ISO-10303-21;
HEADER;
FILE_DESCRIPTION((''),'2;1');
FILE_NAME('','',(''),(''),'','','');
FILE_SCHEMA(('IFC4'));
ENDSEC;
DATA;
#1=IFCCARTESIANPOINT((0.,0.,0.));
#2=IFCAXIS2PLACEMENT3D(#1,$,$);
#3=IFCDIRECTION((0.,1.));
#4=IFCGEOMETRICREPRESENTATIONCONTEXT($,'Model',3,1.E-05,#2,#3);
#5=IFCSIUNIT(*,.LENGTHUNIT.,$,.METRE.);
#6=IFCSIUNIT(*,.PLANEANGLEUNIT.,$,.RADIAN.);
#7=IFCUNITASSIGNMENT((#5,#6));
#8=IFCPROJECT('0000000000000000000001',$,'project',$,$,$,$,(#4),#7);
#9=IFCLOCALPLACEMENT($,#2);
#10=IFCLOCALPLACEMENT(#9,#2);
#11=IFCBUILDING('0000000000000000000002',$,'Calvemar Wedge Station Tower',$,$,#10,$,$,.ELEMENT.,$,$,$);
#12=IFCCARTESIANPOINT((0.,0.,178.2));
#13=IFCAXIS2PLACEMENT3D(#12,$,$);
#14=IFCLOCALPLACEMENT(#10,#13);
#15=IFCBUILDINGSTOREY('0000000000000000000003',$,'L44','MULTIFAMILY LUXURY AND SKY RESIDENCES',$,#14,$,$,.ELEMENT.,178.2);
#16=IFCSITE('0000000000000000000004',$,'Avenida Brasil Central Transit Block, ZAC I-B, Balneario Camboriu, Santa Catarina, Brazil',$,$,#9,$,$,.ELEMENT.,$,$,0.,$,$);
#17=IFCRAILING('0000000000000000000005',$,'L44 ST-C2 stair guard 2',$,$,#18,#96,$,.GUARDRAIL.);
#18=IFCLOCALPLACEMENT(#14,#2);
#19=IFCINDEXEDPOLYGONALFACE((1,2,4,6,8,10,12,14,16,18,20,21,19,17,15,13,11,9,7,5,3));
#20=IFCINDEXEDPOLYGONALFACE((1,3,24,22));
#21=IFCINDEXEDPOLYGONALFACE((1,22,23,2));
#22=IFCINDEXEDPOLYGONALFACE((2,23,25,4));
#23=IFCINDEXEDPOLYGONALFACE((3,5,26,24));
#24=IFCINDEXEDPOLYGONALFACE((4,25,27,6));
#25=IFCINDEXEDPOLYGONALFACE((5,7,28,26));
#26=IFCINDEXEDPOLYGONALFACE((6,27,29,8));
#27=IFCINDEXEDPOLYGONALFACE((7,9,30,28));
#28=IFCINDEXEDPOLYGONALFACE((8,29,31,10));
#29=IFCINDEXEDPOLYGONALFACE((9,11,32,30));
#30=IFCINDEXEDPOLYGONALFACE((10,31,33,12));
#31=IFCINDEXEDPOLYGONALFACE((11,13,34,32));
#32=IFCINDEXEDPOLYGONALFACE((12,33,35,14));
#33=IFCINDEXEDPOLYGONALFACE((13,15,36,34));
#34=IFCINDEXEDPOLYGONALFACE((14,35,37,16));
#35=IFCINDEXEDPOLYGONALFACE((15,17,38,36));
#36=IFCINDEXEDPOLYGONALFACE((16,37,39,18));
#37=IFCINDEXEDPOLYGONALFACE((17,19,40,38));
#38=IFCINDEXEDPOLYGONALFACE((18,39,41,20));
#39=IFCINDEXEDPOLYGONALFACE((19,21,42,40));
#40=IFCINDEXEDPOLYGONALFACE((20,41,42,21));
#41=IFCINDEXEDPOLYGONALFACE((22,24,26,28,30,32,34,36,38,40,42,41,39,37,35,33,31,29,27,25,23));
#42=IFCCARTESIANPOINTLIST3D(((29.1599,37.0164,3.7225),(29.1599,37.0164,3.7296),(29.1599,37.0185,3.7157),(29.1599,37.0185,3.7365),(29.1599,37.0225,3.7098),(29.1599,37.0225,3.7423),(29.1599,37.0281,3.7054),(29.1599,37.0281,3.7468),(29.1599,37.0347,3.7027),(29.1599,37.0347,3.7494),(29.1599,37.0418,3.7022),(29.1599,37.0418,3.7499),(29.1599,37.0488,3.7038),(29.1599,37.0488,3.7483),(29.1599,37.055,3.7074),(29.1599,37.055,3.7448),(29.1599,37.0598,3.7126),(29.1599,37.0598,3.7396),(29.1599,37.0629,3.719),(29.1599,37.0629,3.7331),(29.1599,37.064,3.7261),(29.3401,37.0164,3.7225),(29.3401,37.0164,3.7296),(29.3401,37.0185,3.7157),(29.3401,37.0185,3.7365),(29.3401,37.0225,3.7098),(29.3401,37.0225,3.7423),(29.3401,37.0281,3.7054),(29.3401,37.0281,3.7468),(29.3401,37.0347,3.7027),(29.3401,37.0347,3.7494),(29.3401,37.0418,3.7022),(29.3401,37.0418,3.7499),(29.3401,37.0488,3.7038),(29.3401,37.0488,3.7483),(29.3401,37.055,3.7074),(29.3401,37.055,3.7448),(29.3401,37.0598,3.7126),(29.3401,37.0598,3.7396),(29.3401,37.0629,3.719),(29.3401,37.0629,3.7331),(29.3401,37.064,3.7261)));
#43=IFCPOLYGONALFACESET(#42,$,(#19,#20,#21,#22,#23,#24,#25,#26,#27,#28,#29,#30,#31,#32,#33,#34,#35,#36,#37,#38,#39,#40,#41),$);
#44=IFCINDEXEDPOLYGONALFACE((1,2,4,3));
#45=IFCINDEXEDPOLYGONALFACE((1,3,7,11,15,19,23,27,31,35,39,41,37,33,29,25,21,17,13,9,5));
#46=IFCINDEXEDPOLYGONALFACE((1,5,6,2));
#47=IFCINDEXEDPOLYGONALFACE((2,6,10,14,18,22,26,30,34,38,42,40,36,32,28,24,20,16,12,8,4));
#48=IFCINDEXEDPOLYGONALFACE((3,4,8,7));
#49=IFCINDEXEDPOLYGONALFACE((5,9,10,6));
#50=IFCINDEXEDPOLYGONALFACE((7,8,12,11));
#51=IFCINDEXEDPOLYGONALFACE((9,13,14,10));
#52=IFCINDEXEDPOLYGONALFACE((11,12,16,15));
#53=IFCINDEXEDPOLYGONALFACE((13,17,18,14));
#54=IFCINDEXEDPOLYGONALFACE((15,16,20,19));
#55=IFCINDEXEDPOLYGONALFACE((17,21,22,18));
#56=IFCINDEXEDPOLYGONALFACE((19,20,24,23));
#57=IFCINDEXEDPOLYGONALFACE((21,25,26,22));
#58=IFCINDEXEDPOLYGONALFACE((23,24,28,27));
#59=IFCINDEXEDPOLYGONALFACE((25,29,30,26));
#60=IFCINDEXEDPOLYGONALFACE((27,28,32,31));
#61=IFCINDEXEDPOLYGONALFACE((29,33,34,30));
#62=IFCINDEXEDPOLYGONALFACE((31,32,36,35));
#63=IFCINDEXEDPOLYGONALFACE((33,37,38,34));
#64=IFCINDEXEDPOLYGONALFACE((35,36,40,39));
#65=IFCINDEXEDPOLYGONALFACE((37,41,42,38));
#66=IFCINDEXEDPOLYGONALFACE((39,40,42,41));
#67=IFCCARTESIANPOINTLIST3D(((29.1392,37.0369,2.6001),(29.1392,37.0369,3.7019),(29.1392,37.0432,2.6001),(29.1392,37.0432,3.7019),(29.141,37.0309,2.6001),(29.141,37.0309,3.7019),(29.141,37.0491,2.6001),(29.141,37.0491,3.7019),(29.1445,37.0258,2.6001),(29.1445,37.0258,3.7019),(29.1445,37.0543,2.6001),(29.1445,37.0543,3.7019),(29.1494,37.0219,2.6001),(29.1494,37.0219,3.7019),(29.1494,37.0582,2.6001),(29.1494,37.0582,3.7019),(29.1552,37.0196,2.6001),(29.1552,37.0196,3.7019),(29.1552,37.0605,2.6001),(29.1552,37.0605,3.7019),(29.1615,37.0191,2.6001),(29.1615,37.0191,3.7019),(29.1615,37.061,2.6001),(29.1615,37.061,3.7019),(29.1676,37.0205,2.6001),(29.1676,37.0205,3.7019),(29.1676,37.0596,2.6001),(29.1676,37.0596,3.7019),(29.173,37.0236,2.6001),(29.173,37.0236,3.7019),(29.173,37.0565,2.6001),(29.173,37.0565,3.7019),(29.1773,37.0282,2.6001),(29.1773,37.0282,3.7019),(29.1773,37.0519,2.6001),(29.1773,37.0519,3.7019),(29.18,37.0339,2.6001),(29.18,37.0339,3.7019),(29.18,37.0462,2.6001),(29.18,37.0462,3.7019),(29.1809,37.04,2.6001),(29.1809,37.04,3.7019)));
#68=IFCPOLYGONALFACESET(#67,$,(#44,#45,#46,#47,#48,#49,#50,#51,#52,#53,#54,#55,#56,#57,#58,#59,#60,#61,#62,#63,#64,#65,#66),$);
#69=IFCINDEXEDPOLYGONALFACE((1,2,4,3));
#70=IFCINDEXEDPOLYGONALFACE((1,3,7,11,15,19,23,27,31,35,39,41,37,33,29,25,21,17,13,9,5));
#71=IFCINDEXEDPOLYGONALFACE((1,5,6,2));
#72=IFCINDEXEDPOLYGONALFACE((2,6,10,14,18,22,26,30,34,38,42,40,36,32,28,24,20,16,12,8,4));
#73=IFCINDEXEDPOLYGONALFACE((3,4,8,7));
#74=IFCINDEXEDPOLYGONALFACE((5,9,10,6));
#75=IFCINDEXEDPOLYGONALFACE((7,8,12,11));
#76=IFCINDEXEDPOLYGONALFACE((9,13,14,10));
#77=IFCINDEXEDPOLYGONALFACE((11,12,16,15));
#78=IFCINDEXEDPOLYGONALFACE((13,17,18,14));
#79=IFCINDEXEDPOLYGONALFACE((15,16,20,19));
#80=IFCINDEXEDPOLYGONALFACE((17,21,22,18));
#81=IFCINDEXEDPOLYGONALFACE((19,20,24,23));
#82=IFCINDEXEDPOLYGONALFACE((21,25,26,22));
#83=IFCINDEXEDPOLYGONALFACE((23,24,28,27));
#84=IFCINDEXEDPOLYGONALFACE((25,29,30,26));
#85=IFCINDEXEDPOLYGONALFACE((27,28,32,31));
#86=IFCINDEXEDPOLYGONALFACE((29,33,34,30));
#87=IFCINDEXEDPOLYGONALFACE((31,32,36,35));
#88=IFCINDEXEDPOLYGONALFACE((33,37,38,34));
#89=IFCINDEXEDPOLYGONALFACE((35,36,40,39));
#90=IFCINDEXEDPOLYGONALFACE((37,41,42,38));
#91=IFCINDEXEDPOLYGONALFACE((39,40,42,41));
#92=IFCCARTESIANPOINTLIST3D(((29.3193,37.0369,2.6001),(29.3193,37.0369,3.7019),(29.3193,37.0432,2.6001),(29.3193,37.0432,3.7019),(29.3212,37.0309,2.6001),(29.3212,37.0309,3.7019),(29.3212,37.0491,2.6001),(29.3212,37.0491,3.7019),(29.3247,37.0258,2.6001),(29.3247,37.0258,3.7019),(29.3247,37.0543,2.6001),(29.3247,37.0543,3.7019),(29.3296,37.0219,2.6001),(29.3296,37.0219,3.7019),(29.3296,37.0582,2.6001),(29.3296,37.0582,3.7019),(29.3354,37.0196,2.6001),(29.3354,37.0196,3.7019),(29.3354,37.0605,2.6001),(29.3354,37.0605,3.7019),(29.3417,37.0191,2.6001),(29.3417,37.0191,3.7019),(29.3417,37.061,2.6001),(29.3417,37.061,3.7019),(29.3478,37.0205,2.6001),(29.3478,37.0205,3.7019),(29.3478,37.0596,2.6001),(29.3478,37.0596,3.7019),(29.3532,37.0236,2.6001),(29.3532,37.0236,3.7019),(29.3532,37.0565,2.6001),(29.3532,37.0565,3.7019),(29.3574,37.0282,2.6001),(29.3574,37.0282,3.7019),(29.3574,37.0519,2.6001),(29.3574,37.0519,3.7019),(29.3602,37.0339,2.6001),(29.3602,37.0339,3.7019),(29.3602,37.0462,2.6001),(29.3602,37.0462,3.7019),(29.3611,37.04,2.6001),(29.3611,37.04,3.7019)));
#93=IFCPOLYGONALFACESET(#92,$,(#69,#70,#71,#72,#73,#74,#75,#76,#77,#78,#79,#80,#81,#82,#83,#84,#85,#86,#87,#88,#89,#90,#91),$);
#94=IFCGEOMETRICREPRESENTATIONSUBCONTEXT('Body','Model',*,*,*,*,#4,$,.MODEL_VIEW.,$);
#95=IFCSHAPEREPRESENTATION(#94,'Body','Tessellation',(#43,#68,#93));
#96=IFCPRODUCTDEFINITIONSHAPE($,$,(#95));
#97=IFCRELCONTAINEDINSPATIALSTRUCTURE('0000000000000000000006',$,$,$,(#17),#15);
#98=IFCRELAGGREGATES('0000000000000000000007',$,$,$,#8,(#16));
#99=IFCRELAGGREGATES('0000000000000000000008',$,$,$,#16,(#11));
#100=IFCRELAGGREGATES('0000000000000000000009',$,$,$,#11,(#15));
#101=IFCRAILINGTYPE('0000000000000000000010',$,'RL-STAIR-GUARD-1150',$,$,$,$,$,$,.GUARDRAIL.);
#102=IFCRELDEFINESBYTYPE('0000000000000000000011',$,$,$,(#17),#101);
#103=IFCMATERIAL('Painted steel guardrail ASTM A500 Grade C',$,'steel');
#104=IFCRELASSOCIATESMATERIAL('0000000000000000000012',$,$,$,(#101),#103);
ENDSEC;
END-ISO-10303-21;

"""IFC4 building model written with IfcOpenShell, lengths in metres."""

from ifc_helpers import new_model, si_unit, direction, frame, origin, origin_2d, place, context, subcontext, project, spatial, circle, extrude, material, type_object, element, save


model = new_model("IFC4")

# Units and contexts
model_context = context("Model", 3, precision=1e-05, world=origin(), true_north=direction((0.0, 1.0)))
body_context = subcontext(model_context, "Body", "Model", "MODEL_VIEW")
ifc_project = project(units=[si_unit("LENGTHUNIT", "METRE"), si_unit("PLANEANGLEUNIT", "RADIAN")], contexts=[model_context])

# Site, building, storey
site_placement = place(None, origin())
site = spatial("IfcSite", under=ifc_project, at=site_placement, Name="Avenida Brasil Central Transit Block, ZAC I-B, Balneario Camboriu, Santa Catarina, Brazil", CompositionType="ELEMENT", RefElevation=0.0)
building_placement = place(site_placement, origin())
building = spatial("IfcBuilding", under=site, at=building_placement, Name="Calvemar Wedge Station Tower", CompositionType="ELEMENT")
storey_placement = place(building_placement, frame((0.0, 0.0, 178.2)))
storey = spatial("IfcBuildingStorey", under=building, at=storey_placement, Name="L44", Description="MULTIFAMILY LUXURY AND SKY RESIDENCES", CompositionType="ELEMENT", Elevation=178.2)

# Railing
ifc_material_1 = material(Name="Painted steel guardrail ASTM A500 Grade C", Category="steel")
railing_type_1 = type_object("IfcRailingType", Name="RL-STAIR-GUARD-1150", PredefinedType="GUARDRAIL", material=ifc_material_1)
railing_1_placement = place(storey_placement, frame((29.1599, 37.04, 2.6001)))
element("IfcRailing", 1, at=railing_1_placement, inside=storey, type_object=railing_type_1, Name="L44 ST-C2 stair guard 2", PredefinedType="GUARDRAIL", context=body_context, shape_type="SweptSolid", body=[
    extrude(circle(Radius=0.0239, at=origin_2d()), frame((0.0, 0.0, 1.126), z_axis=(1.0, 0.0, 0.0), x_axis=(0.0, 1.0, 0.0)), (0.0, 0.0, 1.0), 0.1802),
    extrude(circle(Radius=0.021, at=origin_2d()), origin(), (0.0, 0.0, 1.0), 1.1018),
    extrude(circle(Radius=0.021, at=origin_2d()), frame((0.1802, 0.0, 0.0)), (0.0, 0.0, 1.0), 1.1018),
])

save(model, "model.ifc")
